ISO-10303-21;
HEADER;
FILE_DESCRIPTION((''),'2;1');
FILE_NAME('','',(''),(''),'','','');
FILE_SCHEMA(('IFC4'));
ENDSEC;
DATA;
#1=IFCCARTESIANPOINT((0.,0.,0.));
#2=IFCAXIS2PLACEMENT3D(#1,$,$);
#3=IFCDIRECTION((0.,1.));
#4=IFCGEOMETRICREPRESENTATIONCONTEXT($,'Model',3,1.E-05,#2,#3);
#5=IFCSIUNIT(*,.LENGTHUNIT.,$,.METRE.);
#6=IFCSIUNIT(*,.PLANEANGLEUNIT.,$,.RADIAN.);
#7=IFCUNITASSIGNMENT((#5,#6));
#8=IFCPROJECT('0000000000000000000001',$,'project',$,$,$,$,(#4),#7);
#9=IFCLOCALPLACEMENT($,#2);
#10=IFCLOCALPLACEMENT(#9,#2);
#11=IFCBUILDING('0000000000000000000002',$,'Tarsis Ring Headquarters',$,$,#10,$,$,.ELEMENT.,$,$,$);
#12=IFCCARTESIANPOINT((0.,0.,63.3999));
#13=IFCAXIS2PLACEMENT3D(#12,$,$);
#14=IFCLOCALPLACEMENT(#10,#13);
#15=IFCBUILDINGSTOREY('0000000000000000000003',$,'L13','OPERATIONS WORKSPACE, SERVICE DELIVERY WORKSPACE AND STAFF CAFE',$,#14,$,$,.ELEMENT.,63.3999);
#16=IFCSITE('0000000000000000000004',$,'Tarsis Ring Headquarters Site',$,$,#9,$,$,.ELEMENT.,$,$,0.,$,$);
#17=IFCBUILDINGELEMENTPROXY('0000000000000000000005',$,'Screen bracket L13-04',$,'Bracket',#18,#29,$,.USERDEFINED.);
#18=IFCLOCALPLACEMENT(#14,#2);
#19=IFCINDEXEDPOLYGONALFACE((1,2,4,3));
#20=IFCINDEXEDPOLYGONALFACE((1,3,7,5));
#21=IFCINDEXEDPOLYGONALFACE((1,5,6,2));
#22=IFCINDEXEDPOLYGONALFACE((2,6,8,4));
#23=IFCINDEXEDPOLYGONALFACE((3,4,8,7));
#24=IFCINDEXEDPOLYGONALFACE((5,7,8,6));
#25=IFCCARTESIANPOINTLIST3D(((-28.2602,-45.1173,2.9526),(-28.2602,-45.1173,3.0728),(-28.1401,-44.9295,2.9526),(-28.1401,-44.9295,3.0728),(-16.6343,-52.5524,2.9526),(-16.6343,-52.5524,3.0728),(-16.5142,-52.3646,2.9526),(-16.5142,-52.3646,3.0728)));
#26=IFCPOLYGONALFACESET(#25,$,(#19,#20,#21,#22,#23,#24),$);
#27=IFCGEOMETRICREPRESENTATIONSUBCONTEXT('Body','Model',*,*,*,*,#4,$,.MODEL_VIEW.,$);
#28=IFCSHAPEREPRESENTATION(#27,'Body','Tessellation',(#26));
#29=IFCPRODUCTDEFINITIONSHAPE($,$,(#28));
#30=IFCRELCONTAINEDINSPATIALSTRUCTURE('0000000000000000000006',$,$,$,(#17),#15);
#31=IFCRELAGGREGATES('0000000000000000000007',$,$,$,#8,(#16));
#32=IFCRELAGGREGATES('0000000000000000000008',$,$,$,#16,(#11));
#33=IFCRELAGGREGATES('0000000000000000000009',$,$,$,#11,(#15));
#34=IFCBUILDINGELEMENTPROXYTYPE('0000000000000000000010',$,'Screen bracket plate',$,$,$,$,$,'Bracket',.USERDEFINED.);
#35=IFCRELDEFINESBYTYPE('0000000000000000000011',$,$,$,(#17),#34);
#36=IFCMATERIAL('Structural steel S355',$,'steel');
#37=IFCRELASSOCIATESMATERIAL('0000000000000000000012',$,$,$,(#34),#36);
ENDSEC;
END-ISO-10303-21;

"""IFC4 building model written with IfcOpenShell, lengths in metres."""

from ifc_helpers import new_model, si_unit, direction, frame, origin, origin_2d, place, context, subcontext, project, spatial, rectangle, extrude, material, type_object, element, save


model = new_model("IFC4")

# Units and contexts
model_context = context("Model", 3, precision=1e-05, world=origin(), true_north=direction((0.0, 1.0)))
body_context = subcontext(model_context, "Body", "Model", "MODEL_VIEW")
ifc_project = project(units=[si_unit("LENGTHUNIT", "METRE"), si_unit("PLANEANGLEUNIT", "RADIAN")], contexts=[model_context])

# Site, building, storey
site_placement = place(None, origin())
site = spatial("IfcSite", under=ifc_project, at=site_placement, Name="Tarsis Ring Headquarters Site", CompositionType="ELEMENT", RefElevation=0.0)
building_placement = place(site_placement, origin())
building = spatial("IfcBuilding", under=site, at=building_placement, Name="Tarsis Ring Headquarters", CompositionType="ELEMENT")
storey_placement = place(building_placement, frame((0.0, 0.0, 63.3999)))
storey = spatial("IfcBuildingStorey", under=building, at=storey_placement, Name="L13", Description="OPERATIONS WORKSPACE, SERVICE DELIVERY WORKSPACE AND STAFF CAFE", CompositionType="ELEMENT", Elevation=63.3999)

# Shared definitions
ifc_material_1 = material(Name="Structural steel S355", Category="steel")

# Building element proxy
building_element_proxy_type = type_object("IfcBuildingElementProxyType", Name="Screen bracket plate", ElementType="Bracket", PredefinedType="USERDEFINED", material=ifc_material_1)
proxy_placement = place(storey_placement, frame((-22.3872, -48.741, 2.9526), z_axis=(0.0, 0.0, 1.0), x_axis=(0.842452, -0.538771, 0.0)))
element("IfcBuildingElementProxy", 1, at=proxy_placement, inside=storey, type_object=building_element_proxy_type, Name="Screen bracket L13-04", ObjectType="Bracket", PredefinedType="USERDEFINED", context=body_context, shape_type="SweptSolid", body=[
    extrude(rectangle(XDim=13.8, YDim=0.2229, at=origin_2d()), origin(), (0.0, 0.0, 1.0), 0.1201),
])

save(model, "model.ifc")
